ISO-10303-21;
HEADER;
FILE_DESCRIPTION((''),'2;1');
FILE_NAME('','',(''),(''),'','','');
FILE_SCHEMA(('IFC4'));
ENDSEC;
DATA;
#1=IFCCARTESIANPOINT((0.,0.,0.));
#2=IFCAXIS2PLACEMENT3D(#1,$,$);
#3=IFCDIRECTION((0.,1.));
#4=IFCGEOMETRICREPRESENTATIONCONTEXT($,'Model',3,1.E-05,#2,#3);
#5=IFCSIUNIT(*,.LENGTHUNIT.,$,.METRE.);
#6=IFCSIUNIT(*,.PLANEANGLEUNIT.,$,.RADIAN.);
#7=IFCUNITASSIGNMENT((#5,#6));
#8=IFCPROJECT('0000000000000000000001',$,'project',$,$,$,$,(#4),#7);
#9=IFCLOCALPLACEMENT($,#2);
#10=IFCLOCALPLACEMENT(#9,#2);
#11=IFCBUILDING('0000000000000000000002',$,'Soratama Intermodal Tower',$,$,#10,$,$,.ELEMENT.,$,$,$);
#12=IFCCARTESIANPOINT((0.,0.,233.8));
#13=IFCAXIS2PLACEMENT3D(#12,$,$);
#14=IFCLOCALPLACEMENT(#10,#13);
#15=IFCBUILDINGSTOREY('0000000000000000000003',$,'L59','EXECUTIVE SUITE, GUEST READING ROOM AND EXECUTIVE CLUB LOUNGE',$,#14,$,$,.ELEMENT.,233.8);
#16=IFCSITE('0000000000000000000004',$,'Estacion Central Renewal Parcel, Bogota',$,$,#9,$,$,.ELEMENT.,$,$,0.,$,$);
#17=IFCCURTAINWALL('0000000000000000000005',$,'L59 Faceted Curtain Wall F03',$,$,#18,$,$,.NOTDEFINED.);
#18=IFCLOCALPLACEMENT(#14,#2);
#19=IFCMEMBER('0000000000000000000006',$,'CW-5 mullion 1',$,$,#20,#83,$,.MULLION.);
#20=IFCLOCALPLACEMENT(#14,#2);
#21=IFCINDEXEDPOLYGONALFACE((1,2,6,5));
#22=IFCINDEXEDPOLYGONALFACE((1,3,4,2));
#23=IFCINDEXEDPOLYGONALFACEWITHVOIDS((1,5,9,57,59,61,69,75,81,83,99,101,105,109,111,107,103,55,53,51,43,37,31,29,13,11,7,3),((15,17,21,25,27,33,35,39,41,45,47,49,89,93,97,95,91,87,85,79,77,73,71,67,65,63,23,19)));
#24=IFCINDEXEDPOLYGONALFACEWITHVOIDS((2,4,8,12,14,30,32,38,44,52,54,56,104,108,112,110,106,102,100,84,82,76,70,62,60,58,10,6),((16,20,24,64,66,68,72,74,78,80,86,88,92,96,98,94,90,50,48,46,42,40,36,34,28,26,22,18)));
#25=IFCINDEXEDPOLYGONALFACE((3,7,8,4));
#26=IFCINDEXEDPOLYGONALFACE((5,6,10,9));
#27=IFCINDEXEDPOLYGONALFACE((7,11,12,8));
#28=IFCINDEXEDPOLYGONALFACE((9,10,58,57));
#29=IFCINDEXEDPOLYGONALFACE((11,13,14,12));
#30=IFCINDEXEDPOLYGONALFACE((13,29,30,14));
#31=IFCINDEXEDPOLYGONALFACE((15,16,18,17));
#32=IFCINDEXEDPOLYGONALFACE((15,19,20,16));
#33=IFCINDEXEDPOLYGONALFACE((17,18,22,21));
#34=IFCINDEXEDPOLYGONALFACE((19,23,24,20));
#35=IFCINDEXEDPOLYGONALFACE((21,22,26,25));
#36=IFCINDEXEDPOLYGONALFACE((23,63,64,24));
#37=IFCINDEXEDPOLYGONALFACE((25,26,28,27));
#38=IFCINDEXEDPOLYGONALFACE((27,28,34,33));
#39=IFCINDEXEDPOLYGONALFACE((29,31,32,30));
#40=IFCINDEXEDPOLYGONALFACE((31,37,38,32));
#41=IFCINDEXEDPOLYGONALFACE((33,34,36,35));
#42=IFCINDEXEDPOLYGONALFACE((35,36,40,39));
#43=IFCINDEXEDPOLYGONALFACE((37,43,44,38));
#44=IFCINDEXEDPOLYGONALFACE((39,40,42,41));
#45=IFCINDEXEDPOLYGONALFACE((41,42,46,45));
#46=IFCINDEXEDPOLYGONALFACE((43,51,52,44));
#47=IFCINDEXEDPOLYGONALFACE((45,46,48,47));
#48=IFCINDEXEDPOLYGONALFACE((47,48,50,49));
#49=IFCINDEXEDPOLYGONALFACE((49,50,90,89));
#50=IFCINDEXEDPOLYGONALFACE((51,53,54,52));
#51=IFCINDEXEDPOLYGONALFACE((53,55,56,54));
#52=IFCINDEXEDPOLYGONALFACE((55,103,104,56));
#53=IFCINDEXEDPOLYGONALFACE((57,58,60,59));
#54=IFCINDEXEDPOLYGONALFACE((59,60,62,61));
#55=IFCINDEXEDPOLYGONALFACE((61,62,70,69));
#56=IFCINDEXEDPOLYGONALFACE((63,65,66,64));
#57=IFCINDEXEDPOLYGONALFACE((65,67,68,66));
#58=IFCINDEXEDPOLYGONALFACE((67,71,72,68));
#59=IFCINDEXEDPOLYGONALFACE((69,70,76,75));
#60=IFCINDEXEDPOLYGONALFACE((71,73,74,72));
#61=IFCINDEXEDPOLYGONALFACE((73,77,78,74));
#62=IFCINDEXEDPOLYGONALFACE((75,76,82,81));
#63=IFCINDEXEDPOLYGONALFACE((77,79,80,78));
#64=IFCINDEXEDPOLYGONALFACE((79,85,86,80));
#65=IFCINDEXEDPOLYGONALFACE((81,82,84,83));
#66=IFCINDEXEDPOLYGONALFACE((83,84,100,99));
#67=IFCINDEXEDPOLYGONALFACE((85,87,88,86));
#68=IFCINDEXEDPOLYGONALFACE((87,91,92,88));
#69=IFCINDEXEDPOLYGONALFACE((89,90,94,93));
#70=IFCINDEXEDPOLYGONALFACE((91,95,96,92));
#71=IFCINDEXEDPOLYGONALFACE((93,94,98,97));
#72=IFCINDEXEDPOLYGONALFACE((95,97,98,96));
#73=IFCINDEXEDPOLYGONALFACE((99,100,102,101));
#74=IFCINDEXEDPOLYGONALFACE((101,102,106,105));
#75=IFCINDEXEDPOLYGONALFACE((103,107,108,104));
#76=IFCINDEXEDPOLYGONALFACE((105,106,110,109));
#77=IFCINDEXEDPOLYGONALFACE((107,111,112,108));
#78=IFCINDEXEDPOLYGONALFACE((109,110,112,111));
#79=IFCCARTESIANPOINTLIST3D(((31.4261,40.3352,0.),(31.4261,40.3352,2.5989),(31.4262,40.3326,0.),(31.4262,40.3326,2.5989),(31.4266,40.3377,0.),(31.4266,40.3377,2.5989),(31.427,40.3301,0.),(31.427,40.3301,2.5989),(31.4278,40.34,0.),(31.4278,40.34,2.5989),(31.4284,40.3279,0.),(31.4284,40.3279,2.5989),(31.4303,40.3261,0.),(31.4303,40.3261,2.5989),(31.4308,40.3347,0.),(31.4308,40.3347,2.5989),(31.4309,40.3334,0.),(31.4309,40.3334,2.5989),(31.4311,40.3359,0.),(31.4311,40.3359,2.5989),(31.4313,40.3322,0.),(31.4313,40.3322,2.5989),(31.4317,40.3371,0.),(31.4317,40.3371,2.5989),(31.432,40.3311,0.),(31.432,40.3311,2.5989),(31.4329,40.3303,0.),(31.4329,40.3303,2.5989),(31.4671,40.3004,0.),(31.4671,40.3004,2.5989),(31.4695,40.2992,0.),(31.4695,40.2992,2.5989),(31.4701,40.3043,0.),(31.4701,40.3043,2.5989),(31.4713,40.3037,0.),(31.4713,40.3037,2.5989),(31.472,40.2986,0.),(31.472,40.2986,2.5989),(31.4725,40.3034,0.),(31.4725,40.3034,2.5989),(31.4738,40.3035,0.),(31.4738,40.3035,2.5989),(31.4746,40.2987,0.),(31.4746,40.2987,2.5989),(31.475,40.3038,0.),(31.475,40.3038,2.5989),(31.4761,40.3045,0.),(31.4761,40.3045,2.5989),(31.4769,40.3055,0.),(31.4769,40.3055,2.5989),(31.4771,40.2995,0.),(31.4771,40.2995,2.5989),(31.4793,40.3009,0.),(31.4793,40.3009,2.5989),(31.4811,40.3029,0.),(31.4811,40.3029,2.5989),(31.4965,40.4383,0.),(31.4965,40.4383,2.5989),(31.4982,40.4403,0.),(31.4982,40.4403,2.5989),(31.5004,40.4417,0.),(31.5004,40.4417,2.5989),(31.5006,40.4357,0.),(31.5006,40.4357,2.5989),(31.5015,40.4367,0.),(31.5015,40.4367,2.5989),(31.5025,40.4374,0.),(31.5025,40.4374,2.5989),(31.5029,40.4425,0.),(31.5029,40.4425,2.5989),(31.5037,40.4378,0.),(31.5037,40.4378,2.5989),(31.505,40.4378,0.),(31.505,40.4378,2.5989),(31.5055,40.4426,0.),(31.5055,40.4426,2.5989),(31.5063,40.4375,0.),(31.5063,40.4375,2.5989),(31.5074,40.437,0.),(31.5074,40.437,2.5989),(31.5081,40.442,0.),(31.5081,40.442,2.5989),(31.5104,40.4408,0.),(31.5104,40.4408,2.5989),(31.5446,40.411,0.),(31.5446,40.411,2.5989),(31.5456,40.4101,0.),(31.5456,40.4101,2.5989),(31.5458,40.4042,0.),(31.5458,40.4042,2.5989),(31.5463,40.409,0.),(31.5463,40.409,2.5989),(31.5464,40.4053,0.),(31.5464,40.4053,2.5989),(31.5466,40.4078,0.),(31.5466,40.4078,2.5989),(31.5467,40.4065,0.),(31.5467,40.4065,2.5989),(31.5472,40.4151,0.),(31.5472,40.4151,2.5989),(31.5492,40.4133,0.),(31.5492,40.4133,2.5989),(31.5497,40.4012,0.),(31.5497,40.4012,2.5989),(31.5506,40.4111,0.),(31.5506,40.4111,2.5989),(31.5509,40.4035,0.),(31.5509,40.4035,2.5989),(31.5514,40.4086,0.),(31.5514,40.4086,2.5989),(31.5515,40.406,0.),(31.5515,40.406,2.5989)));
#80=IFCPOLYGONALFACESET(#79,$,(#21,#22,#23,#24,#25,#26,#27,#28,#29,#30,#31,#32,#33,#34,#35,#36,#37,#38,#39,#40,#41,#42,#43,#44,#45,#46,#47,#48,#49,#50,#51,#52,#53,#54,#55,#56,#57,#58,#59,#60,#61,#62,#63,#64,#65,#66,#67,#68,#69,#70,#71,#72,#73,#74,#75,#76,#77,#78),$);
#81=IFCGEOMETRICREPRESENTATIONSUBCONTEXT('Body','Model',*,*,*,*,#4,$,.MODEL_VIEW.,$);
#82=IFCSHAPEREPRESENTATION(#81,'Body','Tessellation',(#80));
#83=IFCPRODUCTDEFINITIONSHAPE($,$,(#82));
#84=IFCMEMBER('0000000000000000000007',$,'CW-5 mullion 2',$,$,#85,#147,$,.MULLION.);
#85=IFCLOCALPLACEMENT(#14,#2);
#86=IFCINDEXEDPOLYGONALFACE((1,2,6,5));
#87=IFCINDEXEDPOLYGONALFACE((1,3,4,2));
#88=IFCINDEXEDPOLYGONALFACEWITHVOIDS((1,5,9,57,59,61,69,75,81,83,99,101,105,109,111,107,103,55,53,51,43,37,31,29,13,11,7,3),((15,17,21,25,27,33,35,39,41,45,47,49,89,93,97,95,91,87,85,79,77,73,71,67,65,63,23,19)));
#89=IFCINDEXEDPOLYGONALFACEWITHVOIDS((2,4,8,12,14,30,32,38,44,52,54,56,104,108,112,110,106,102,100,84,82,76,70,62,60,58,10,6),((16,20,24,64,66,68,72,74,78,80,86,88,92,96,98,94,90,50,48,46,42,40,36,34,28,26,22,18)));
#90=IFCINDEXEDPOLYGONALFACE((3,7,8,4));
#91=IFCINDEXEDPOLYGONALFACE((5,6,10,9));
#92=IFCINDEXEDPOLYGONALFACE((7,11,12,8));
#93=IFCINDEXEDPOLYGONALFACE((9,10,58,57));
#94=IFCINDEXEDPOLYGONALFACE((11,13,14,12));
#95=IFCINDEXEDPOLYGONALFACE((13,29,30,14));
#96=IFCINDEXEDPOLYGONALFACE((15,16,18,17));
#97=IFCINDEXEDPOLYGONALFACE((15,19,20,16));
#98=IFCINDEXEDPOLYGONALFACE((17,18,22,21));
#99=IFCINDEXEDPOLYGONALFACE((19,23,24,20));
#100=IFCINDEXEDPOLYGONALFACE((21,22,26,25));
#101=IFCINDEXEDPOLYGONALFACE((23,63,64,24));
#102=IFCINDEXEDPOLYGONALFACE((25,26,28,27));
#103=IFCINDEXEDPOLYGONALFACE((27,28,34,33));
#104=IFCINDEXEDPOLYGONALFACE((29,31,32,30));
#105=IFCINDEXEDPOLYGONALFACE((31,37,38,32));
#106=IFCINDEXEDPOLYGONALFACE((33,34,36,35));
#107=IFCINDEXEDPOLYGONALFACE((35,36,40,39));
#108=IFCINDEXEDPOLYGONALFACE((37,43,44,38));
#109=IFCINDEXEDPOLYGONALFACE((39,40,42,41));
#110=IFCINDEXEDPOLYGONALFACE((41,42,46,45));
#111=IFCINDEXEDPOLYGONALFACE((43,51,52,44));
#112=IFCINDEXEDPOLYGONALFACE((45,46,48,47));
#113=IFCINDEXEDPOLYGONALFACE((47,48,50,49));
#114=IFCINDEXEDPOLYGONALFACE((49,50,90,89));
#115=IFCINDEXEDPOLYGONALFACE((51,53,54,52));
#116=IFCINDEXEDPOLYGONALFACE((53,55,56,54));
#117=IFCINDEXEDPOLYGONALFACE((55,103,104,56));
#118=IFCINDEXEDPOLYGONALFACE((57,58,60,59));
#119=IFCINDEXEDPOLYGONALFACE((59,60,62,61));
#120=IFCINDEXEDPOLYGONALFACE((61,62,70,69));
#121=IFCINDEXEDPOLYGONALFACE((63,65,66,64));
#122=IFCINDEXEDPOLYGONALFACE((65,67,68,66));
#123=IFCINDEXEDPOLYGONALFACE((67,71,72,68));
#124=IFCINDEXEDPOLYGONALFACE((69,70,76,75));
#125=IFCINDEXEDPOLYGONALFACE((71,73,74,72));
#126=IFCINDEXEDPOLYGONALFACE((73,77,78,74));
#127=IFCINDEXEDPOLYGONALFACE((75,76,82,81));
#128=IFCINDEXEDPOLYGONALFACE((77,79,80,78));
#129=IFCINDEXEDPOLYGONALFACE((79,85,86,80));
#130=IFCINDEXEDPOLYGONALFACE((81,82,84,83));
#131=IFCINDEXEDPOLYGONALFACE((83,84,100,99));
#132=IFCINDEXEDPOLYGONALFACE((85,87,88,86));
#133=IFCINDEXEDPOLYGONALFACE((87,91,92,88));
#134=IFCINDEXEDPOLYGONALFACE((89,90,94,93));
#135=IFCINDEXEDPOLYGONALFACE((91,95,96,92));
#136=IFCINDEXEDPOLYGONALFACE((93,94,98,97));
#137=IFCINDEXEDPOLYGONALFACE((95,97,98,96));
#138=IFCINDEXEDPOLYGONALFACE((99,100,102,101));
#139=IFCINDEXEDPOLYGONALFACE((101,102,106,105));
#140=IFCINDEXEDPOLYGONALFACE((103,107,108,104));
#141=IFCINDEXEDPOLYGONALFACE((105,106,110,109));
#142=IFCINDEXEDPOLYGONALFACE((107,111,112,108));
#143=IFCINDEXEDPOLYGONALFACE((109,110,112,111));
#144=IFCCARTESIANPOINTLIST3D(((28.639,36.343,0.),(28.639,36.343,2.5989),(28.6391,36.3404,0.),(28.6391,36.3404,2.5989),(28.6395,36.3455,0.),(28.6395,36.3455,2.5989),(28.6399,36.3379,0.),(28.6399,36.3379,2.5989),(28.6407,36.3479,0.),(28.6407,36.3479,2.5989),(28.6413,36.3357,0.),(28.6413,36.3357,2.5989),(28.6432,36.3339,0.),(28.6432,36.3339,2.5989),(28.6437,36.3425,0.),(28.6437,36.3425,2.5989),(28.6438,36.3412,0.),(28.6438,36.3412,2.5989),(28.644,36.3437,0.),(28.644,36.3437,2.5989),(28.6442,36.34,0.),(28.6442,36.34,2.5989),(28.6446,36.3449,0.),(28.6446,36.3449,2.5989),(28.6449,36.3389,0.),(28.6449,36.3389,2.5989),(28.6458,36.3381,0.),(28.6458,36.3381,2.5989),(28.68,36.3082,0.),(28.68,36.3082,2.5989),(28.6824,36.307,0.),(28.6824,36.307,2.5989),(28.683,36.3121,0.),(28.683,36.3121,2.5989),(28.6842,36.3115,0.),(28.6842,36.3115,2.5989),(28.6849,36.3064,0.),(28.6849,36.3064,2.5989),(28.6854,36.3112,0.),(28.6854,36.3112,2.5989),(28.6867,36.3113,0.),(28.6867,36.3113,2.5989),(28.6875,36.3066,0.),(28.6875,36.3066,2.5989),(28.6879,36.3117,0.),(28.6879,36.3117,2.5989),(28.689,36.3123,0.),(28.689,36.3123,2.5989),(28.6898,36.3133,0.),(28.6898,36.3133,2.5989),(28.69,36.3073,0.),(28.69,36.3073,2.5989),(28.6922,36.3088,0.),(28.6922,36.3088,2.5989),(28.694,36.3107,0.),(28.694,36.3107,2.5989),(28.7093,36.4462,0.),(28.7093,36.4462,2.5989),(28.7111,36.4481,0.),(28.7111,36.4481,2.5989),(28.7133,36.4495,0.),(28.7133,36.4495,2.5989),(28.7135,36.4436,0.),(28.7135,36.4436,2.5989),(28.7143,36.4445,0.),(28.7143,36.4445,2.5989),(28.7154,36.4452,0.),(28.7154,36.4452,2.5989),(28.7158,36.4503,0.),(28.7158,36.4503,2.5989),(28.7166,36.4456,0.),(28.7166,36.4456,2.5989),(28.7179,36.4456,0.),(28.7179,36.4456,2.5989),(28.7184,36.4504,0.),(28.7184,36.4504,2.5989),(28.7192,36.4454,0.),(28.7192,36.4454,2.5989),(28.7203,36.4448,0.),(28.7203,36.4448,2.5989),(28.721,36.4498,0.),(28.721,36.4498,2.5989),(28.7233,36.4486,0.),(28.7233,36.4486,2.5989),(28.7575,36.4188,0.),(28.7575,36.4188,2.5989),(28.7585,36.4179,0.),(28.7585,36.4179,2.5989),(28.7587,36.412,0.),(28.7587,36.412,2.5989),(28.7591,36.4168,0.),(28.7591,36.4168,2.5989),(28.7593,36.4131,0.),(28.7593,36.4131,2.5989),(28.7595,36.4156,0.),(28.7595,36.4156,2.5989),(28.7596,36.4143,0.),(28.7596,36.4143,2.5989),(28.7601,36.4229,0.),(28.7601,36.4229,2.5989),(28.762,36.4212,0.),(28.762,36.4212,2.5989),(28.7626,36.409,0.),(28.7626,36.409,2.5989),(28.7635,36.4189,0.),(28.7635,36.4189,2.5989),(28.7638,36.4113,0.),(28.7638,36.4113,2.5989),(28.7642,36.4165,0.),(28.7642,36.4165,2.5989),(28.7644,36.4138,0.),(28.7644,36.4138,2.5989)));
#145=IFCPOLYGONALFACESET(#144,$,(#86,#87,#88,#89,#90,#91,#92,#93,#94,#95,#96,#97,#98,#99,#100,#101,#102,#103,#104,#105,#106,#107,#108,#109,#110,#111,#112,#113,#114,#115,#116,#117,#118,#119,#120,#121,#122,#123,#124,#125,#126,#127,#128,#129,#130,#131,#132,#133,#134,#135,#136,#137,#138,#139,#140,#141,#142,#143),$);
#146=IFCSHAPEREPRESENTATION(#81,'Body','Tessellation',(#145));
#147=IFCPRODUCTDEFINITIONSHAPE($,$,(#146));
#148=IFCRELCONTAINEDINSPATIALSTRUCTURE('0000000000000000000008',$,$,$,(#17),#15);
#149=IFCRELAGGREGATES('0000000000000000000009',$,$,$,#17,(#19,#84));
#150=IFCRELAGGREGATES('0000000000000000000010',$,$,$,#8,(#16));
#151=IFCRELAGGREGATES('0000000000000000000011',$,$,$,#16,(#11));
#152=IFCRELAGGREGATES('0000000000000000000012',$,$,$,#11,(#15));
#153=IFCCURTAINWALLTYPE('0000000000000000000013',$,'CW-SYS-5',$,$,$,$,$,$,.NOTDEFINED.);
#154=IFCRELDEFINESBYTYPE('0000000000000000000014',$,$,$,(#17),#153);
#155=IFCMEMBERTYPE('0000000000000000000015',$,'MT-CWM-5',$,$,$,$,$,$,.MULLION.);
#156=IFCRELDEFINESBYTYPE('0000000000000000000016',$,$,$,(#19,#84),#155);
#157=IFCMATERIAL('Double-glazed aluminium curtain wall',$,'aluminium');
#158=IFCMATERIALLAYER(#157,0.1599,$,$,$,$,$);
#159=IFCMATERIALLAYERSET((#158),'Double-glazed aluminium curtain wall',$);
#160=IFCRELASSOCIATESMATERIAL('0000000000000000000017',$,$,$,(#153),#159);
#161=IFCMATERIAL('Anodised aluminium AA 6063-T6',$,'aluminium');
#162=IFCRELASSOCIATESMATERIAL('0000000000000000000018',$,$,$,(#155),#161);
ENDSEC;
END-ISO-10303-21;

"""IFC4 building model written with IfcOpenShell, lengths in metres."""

from ifc_helpers import new_model, si_unit, direction, frame, origin, origin_2d, place, context, subcontext, project, spatial, hollow_rectangle, extrude, material, layer, layer_set, material_profile, profile_set, type_object, element, aggregate, save


model = new_model("IFC4")

# Units and contexts
model_context = context("Model", 3, precision=1e-05, world=origin(), true_north=direction((0.0, 1.0)))
body_context = subcontext(model_context, "Body", "Model", "MODEL_VIEW")
ifc_project = project(units=[si_unit("LENGTHUNIT", "METRE"), si_unit("PLANEANGLEUNIT", "RADIAN")], contexts=[model_context])

# Site, building, storey
site_placement = place(None, origin())
site = spatial("IfcSite", under=ifc_project, at=site_placement, Name="Estacion Central Renewal Parcel, Bogota", CompositionType="ELEMENT", RefElevation=0.0)
building_placement = place(site_placement, origin())
building = spatial("IfcBuilding", under=site, at=building_placement, Name="Soratama Intermodal Tower", CompositionType="ELEMENT")
storey_placement = place(building_placement, frame((0.0, 0.0, 233.8)))
storey = spatial("IfcBuildingStorey", under=building, at=storey_placement, Name="L59", Description="EXECUTIVE SUITE, GUEST READING ROOM AND EXECUTIVE CLUB LOUNGE", CompositionType="ELEMENT", Elevation=233.8)

# Curtain wall, members
ifc_material_1 = material(Name="Double-glazed aluminium curtain wall", Category="aluminium")
ifc_layer_1 = layer(ifc_material_1, 0.1599)
ifc_layer_set_1 = layer_set([ifc_layer_1], Name="Double-glazed aluminium curtain wall")
curtain_wall_type = type_object("IfcCurtainWallType", Name="CW-SYS-5", PredefinedType="NOTDEFINED", material=ifc_layer_set_1)
curtain_wall_placement = place(storey_placement, origin())
curtain_wall = element("IfcCurtainWall", 1, at=curtain_wall_placement, inside=storey, type_object=curtain_wall_type, Name="L59 Faceted Curtain Wall F03", PredefinedType="NOTDEFINED")
ifc_material_2 = material(Name="Anodised aluminium AA 6063-T6", Category="aluminium")
ifc_material_profile_1 = material_profile(ifc_material_2, hollow_rectangle(XDim=0.0649, YDim=0.1399, WallThickness=0.0049, InnerFilletRadius=0.0049, OuterFilletRadius=0.01, at=origin_2d()), Name="CWM140X65X5")
ifc_profile_set_1 = profile_set([ifc_material_profile_1], Name="Anodised aluminium AA 6063-T6")
member_type_1 = type_object("IfcMemberType", Name="MT-CWM-5", PredefinedType="MULLION", material=ifc_profile_set_1)
member_1_placement = place(storey_placement, frame((31.4888, 40.3706, 0.0), z_axis=(0.0, 0.0, 1.0), x_axis=(0.819951, -0.572433, 0.0)))
member_1 = element("IfcMember", 2, at=member_1_placement, type_object=member_type_1, Name="CW-5 mullion 1", PredefinedType="MULLION", context=body_context, shape_type="SweptSolid", body=[
    extrude(hollow_rectangle(XDim=0.0649, YDim=0.1399, WallThickness=0.0049, InnerFilletRadius=0.0049, OuterFilletRadius=0.01, at=origin_2d()), origin(), (0.0, 0.0, 1.0), 2.5989),
])
member_2_placement = place(storey_placement, frame((28.7017, 36.3784, 0.0), z_axis=(0.0, 0.0, 1.0), x_axis=(0.819951, -0.572433, 0.0)))
member_2 = element("IfcMember", 3, at=member_2_placement, type_object=member_type_1, Name="CW-5 mullion 2", PredefinedType="MULLION", context=body_context, shape_type="SweptSolid", body=[
    extrude(hollow_rectangle(XDim=0.0649, YDim=0.1399, WallThickness=0.0049, InnerFilletRadius=0.0049, OuterFilletRadius=0.01, at=origin_2d()), origin(), (0.0, 0.0, 1.0), 2.5989),
])
aggregate(curtain_wall, [member_1, member_2])

save(model, "model.ifc")
